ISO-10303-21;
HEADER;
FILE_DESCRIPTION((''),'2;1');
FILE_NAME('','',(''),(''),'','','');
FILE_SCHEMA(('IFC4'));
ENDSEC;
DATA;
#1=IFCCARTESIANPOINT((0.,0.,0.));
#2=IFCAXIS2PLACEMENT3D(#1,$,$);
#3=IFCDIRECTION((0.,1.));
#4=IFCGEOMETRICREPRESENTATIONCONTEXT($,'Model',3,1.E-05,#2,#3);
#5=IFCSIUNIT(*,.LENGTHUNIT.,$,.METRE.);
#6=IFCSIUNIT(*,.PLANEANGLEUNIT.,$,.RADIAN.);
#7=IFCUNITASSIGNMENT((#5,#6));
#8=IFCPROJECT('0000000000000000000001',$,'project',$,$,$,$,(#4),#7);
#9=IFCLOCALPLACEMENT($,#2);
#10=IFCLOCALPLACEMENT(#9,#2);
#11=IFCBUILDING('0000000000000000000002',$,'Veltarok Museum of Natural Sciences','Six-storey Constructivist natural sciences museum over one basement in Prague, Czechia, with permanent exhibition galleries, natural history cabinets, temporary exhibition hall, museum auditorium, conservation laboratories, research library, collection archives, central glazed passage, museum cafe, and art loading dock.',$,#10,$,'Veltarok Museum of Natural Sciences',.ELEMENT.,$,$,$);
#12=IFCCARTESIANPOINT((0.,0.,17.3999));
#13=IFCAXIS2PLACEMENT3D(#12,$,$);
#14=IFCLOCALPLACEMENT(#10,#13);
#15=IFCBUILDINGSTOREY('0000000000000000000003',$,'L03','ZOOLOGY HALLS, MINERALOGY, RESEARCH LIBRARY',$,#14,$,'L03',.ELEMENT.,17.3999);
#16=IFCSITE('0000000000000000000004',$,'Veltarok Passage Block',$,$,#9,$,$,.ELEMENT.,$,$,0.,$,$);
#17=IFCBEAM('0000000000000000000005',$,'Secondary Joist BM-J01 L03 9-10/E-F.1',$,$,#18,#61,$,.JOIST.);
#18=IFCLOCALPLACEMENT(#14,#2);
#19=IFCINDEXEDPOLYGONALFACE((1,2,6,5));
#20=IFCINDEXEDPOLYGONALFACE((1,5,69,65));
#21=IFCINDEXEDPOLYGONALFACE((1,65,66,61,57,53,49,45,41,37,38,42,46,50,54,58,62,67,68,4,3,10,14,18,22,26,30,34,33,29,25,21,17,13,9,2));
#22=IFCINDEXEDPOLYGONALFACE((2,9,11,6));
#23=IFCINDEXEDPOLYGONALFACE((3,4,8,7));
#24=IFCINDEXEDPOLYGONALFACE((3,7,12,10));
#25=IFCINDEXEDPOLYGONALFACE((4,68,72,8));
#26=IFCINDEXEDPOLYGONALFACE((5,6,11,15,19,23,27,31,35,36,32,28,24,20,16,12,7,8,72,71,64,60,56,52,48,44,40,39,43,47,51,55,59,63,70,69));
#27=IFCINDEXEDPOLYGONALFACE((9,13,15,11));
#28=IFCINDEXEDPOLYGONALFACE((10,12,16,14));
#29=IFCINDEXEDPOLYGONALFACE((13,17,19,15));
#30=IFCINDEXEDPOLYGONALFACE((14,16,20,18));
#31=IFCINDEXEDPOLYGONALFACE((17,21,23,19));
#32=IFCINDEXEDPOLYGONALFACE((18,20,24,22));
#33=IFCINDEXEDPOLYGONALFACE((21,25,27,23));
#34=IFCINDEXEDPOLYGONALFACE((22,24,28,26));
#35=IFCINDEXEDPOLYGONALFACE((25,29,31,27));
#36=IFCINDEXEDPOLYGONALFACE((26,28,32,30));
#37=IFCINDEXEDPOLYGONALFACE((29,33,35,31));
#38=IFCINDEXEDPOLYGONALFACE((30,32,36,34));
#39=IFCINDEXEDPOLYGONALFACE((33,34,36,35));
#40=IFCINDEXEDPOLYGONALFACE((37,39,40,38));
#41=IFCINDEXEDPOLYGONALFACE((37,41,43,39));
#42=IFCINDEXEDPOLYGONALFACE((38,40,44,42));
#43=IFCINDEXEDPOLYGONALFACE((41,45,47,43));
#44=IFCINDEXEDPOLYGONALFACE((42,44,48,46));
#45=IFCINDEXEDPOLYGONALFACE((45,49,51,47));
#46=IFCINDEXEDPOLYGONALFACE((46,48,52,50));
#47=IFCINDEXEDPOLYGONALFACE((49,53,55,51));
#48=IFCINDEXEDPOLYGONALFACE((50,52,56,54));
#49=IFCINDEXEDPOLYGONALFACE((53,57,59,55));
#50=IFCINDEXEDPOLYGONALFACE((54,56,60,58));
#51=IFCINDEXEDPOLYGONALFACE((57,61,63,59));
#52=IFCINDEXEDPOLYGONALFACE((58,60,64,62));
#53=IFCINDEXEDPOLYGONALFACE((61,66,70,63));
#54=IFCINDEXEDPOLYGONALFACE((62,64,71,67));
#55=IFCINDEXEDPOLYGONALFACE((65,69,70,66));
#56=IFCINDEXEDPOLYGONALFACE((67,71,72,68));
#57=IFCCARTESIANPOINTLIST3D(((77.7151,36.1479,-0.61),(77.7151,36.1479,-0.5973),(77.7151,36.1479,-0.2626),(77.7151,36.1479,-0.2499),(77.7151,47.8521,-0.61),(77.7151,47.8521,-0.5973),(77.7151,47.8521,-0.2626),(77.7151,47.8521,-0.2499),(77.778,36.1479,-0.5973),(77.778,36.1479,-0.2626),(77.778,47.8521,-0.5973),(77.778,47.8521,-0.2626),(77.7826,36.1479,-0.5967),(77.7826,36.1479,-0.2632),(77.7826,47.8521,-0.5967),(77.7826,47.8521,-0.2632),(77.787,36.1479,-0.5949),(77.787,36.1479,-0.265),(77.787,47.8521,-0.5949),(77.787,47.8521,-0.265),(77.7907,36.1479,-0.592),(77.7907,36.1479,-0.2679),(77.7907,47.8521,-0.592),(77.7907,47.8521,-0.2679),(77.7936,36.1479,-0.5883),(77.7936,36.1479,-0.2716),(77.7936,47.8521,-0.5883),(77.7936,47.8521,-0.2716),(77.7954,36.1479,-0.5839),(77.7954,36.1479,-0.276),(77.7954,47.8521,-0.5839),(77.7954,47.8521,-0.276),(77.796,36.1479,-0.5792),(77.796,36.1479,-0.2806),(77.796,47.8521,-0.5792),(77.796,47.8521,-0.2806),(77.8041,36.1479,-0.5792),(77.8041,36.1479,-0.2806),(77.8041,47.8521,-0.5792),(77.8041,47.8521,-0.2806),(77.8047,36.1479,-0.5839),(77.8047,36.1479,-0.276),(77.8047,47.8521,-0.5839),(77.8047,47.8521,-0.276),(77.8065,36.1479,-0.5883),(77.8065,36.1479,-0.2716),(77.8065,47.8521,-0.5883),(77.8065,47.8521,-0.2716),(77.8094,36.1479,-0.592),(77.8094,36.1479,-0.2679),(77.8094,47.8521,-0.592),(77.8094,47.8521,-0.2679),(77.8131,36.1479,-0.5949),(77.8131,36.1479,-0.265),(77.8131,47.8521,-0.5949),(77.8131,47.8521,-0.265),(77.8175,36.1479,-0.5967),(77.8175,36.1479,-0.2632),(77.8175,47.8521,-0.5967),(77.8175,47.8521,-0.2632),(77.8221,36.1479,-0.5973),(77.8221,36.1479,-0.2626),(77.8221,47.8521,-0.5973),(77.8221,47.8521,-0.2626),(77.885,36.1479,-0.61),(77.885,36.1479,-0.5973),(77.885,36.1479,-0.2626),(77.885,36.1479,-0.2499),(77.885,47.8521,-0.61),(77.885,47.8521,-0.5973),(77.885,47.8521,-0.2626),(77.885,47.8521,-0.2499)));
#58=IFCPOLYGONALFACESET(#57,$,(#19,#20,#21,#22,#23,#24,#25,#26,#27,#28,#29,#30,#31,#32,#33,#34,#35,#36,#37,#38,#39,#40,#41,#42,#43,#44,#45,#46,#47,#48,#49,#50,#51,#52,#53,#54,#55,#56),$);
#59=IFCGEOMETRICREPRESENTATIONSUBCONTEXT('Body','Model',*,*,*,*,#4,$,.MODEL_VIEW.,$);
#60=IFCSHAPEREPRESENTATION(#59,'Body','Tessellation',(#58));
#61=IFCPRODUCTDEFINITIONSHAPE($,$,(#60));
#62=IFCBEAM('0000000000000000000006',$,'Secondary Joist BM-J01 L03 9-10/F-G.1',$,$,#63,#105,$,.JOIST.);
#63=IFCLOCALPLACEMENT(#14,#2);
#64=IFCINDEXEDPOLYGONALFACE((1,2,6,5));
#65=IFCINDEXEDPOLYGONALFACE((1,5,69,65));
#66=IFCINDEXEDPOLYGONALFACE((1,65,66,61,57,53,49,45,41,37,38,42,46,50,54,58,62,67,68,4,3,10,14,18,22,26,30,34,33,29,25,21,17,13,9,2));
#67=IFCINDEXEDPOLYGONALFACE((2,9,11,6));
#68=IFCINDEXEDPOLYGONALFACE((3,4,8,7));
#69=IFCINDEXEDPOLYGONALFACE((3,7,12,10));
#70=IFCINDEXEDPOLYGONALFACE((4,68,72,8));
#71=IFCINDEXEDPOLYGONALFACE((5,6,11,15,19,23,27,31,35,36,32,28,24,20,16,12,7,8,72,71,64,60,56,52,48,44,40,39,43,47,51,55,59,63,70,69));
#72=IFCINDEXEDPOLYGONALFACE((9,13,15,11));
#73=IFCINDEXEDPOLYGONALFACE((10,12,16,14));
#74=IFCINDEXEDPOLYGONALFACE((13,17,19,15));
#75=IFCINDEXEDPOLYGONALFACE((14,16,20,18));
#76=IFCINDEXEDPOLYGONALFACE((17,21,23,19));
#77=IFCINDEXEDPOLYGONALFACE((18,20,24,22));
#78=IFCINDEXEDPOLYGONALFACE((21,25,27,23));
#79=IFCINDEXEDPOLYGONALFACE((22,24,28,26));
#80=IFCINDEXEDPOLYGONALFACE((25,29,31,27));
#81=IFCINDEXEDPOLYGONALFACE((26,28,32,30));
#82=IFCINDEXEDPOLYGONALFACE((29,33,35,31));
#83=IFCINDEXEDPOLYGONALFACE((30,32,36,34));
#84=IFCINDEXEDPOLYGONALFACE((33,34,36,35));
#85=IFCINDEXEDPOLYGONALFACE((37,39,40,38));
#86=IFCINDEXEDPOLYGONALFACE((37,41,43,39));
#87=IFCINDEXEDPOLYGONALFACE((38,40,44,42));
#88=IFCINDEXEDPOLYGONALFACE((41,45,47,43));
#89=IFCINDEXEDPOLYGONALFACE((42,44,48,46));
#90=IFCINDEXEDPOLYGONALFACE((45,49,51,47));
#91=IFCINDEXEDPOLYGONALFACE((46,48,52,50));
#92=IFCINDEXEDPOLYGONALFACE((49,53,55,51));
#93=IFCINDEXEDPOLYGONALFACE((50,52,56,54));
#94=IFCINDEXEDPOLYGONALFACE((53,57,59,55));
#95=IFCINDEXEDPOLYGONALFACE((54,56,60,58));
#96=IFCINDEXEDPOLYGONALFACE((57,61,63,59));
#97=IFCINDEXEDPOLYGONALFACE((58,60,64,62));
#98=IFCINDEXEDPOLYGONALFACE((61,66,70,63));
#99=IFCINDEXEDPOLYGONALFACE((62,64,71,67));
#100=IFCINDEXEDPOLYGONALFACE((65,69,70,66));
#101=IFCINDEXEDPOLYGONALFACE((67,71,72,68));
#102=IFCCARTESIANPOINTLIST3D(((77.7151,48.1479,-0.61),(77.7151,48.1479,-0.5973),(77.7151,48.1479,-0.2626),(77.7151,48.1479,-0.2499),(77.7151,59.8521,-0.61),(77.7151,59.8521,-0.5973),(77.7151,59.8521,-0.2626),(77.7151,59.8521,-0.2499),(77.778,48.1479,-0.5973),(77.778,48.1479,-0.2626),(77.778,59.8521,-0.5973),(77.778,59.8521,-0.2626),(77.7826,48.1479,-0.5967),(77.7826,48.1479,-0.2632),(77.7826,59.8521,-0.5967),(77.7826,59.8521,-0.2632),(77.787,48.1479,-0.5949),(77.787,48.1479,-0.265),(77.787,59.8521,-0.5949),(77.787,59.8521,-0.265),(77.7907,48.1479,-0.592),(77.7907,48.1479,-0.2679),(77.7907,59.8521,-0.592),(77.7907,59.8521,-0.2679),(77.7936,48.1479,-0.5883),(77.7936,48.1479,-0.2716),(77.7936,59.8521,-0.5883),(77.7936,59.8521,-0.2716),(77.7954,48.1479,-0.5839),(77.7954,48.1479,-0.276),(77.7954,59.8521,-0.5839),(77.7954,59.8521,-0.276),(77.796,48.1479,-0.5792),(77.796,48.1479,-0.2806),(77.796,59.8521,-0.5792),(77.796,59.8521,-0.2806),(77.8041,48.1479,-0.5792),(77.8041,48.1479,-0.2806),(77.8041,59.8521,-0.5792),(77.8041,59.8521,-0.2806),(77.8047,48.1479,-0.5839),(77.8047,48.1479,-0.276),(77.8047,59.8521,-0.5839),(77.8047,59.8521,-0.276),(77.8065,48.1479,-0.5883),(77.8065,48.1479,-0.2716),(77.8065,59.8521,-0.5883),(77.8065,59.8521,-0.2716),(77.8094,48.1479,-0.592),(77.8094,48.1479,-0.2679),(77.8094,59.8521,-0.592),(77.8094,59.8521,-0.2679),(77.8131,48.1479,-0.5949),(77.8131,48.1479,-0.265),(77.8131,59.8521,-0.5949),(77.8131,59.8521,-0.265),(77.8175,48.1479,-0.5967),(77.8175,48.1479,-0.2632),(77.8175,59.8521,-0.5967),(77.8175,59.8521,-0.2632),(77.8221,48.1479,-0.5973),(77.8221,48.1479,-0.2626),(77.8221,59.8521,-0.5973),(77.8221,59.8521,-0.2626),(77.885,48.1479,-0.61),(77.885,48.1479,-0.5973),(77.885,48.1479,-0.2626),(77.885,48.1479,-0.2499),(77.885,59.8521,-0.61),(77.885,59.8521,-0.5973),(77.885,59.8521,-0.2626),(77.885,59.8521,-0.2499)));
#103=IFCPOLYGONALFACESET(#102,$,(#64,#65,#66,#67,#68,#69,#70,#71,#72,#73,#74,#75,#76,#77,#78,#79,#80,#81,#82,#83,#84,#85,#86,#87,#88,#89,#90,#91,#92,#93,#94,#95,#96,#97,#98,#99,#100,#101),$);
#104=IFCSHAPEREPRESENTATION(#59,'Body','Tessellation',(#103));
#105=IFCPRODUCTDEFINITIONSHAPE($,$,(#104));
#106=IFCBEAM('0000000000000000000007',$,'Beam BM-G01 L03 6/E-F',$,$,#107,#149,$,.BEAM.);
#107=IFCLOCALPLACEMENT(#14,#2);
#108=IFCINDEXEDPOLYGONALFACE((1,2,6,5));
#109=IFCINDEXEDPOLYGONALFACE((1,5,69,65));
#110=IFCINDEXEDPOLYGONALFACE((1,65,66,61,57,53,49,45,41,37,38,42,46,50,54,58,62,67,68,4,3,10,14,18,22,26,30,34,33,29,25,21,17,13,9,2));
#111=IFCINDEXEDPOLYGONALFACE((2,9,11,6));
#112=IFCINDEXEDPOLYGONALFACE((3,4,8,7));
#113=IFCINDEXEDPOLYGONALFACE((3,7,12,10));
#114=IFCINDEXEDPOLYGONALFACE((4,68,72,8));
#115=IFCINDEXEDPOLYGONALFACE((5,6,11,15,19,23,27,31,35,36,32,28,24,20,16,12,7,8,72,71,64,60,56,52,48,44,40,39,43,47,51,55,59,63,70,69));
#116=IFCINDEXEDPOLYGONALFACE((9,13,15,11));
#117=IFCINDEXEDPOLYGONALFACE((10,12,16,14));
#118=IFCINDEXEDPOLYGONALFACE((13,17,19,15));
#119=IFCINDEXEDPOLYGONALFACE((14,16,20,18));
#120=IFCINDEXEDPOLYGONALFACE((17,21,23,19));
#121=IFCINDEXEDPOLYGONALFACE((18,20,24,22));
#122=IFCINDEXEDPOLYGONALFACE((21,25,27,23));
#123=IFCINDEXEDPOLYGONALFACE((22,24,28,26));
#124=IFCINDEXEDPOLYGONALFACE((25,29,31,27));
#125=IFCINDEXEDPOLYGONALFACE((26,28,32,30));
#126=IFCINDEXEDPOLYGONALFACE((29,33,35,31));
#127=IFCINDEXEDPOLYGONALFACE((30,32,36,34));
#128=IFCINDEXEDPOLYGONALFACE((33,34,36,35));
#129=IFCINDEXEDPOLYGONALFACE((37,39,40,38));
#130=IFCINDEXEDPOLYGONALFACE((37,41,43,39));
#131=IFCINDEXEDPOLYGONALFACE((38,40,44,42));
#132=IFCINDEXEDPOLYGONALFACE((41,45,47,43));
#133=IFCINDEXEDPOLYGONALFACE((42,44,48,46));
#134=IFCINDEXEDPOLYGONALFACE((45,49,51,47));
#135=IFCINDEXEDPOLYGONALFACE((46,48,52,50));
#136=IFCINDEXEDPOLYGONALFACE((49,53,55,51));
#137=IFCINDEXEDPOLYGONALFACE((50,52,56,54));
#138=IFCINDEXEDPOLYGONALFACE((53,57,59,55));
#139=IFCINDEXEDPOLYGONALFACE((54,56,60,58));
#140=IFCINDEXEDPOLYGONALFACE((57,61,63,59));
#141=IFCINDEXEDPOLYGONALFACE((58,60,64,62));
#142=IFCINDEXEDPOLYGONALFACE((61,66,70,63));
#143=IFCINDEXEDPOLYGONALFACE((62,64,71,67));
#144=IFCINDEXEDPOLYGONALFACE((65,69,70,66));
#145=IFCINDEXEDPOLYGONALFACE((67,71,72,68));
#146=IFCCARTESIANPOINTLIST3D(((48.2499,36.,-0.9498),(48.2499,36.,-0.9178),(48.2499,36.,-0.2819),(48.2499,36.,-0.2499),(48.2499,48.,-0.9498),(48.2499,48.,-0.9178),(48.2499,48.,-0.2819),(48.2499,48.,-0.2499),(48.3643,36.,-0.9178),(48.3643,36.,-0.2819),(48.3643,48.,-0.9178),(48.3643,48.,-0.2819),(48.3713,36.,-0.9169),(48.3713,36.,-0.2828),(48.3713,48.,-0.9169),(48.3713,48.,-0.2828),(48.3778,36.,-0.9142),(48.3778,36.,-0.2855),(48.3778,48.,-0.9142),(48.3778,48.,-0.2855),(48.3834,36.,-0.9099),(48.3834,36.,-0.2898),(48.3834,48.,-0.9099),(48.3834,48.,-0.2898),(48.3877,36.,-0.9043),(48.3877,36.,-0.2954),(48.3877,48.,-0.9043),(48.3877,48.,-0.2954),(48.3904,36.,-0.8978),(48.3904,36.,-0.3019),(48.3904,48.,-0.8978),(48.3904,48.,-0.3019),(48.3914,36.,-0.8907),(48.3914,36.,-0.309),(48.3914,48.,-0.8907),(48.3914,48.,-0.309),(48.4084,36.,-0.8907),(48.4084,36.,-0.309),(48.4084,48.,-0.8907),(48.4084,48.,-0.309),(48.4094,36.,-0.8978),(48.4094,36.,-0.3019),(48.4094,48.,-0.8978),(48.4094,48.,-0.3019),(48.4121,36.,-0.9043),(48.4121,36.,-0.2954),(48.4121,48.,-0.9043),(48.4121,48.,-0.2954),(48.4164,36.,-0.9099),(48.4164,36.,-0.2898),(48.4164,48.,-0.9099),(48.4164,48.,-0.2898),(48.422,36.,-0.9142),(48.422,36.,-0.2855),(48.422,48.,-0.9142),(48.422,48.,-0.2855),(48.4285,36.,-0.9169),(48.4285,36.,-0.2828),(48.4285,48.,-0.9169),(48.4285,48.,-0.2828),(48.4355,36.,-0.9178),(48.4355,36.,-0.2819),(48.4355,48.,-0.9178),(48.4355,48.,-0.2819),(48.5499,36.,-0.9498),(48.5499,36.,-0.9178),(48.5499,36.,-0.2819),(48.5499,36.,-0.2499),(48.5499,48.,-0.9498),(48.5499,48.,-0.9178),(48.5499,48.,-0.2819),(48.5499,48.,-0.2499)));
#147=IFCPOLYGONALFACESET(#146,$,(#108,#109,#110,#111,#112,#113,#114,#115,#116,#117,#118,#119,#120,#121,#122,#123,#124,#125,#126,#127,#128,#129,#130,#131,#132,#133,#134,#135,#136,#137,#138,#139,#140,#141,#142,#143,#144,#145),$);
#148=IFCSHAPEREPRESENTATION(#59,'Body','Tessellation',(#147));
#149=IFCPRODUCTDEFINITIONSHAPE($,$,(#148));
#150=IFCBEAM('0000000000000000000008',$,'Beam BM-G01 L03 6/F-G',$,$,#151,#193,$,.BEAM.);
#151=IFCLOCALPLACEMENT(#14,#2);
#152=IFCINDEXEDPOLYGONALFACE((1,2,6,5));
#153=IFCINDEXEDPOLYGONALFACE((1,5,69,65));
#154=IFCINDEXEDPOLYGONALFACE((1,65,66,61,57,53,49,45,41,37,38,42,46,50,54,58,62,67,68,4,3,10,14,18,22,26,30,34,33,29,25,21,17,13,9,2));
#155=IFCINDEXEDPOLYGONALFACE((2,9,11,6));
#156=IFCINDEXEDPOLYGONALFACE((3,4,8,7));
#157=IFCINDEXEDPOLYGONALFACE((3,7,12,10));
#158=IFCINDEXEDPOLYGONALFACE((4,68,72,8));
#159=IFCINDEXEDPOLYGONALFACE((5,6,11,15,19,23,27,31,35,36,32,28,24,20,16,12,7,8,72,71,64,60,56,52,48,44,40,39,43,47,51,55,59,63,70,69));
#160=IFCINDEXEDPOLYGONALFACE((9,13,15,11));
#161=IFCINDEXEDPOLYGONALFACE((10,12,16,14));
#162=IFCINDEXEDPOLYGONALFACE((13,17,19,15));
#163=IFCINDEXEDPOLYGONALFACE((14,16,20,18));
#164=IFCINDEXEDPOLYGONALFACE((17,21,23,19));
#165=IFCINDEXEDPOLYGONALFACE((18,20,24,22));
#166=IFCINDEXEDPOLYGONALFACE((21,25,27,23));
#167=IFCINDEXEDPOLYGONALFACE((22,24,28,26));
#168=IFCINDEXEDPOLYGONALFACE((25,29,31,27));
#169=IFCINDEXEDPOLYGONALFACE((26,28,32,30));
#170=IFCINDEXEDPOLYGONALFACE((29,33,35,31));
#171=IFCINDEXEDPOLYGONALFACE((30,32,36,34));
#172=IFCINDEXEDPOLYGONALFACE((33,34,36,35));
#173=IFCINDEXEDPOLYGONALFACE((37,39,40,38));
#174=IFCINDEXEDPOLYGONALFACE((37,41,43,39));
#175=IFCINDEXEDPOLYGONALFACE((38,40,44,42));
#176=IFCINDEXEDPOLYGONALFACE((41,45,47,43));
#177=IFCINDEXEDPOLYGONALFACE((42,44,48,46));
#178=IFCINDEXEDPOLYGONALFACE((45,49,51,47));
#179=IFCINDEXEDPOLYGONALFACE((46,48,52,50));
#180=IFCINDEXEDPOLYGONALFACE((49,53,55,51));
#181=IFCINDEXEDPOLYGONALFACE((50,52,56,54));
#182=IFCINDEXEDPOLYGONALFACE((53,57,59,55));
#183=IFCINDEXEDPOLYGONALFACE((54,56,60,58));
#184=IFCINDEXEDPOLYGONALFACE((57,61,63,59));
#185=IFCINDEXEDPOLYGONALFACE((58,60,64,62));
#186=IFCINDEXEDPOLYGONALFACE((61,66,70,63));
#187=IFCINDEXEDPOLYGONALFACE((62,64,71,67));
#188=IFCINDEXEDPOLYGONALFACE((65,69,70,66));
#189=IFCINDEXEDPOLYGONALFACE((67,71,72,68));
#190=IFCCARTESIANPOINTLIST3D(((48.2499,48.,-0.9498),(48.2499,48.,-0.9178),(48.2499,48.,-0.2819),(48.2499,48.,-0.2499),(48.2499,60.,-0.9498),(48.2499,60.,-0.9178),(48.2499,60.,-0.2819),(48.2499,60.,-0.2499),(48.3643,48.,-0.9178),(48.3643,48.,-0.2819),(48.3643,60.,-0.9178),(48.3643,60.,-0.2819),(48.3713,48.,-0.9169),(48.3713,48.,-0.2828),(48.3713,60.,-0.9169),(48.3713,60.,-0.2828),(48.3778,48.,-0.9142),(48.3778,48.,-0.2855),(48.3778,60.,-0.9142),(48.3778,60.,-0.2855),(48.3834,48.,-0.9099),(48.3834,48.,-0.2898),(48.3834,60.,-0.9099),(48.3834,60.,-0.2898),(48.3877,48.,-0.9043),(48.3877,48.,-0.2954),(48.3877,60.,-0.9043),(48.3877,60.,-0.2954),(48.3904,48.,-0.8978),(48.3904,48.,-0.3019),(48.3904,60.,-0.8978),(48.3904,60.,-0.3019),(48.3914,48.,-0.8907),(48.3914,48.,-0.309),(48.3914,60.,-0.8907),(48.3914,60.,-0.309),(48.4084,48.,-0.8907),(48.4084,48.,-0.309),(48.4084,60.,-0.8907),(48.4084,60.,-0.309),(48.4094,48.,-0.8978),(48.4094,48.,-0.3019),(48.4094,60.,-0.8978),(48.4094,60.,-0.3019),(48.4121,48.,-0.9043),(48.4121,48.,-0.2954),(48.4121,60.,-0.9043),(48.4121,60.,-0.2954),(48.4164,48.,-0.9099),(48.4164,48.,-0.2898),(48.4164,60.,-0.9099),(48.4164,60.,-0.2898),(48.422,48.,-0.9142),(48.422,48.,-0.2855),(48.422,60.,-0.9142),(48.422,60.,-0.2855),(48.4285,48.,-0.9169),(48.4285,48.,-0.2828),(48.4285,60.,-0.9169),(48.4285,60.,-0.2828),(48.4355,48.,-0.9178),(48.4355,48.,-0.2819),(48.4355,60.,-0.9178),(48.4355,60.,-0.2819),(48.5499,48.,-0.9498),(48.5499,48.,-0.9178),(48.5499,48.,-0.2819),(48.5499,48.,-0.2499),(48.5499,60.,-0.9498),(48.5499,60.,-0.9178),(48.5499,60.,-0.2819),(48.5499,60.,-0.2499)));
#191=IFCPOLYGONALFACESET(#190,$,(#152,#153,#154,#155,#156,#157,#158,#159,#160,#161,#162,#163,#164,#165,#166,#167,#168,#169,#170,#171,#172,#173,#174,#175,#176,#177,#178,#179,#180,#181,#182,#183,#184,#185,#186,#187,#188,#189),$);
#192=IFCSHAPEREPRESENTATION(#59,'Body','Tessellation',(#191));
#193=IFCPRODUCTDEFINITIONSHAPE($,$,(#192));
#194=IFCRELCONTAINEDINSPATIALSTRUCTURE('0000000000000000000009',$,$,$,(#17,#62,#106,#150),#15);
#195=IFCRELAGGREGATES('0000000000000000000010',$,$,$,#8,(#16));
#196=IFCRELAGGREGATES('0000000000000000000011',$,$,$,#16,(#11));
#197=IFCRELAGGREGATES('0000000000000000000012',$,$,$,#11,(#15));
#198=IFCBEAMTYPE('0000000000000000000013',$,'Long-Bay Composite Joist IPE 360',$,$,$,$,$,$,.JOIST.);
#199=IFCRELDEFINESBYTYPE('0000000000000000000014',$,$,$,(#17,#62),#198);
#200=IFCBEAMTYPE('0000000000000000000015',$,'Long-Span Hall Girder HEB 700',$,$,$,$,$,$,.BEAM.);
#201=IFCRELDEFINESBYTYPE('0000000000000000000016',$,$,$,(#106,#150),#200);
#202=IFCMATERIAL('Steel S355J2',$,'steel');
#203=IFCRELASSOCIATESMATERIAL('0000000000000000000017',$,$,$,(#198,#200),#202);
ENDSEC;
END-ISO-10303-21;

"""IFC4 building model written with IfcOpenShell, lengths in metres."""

from ifc_helpers import new_model, si_unit, direction, frame, origin, origin_2d, place, context, subcontext, project, spatial, i_section, extrude, material, material_profile, profile_set, type_object, element, save


model = new_model("IFC4")

# Units and contexts
model_context = context("Model", 3, precision=1e-05, world=origin(), true_north=direction((0.0, 1.0)))
body_context = subcontext(model_context, "Body", "Model", "MODEL_VIEW")
ifc_project = project(units=[si_unit("LENGTHUNIT", "METRE"), si_unit("PLANEANGLEUNIT", "RADIAN")], contexts=[model_context])

# Site, building, storey
site_placement = place(None, origin())
site = spatial("IfcSite", under=ifc_project, at=site_placement, Name="Veltarok Passage Block", CompositionType="ELEMENT", RefElevation=0.0)
building_placement = place(site_placement, origin())
building = spatial("IfcBuilding", under=site, at=building_placement, Name="Veltarok Museum of Natural Sciences", Description="Six-storey Constructivist natural sciences museum over one basement in Prague, Czechia, with permanent exhibition galleries, natural history cabinets, temporary exhibition hall, museum auditorium, conservation laboratories, research library, collection archives, central glazed passage, museum cafe, and art loading dock.", LongName="Veltarok Museum of Natural Sciences", CompositionType="ELEMENT")
storey_placement = place(building_placement, frame((0.0, 0.0, 17.3999)))
storey = spatial("IfcBuildingStorey", under=building, at=storey_placement, Name="L03", Description="ZOOLOGY HALLS, MINERALOGY, RESEARCH LIBRARY", LongName="L03", CompositionType="ELEMENT", Elevation=17.3999)

# Shared definitions
ifc_material = material(Name="Steel S355J2", Category="steel")

# Beams
ifc_material_profile_1 = material_profile(ifc_material, i_section(OverallWidth=0.1699, OverallDepth=0.3601, WebThickness=0.0081, FlangeThickness=0.0127, FilletRadius=0.0181, at=origin_2d()), Name="IPE 360")
ifc_profile_set_1 = profile_set([ifc_material_profile_1], Name="Steel S355J2")
beam_type_1 = type_object("IfcBeamType", Name="Long-Bay Composite Joist IPE 360", PredefinedType="JOIST", material=ifc_profile_set_1)
for number, where, z_axis, x_axis, name in (
    (1, (77.8, 36.1479, -0.4299), (0.0, 1.0, 0.0), (-1.0, 0.0, 0.0), "Secondary Joist BM-J01 L03 9-10/E-F.1"),
    (2, (77.8, 48.1479, -0.4299), (0.0, 1.0, 0.0), (-1.0, 0.0, 0.0), "Secondary Joist BM-J01 L03 9-10/F-G.1"),
):
    element("IfcBeam", number, at=place(storey_placement, frame(where, z_axis=z_axis, x_axis=x_axis)), inside=storey, type_object=beam_type_1, Name=name, PredefinedType="JOIST", context=body_context, shape_type="SweptSolid", body=[
        extrude(i_section(OverallWidth=0.1699, OverallDepth=0.3601, WebThickness=0.0081, FlangeThickness=0.0127, FilletRadius=0.0181, at=origin_2d()), origin(), (0.0, 0.0, 1.0), 11.7041),
    ])
ifc_material_profile_2 = material_profile(ifc_material, i_section(OverallWidth=0.3, OverallDepth=0.7, WebThickness=0.0171, FlangeThickness=0.032, FilletRadius=0.0271, at=origin_2d()), Name="HEB 700")
ifc_profile_set_2 = profile_set([ifc_material_profile_2], Name="Steel S355J2")
beam_type_2 = type_object("IfcBeamType", Name="Long-Span Hall Girder HEB 700", PredefinedType="BEAM", material=ifc_profile_set_2)
for number, where, z_axis, x_axis, name in (
    (3, (48.3999, 36.0, -0.5999), (0.0, 1.0, 0.0), (-1.0, 0.0, 0.0), "Beam BM-G01 L03 6/E-F"),
    (4, (48.3999, 48.0, -0.5999), (0.0, 1.0, 0.0), (-1.0, 0.0, 0.0), "Beam BM-G01 L03 6/F-G"),
):
    element("IfcBeam", number, at=place(storey_placement, frame(where, z_axis=z_axis, x_axis=x_axis)), inside=storey, type_object=beam_type_2, Name=name, PredefinedType="BEAM", context=body_context, shape_type="SweptSolid", body=[
        extrude(i_section(OverallWidth=0.3, OverallDepth=0.7, WebThickness=0.0171, FlangeThickness=0.032, FilletRadius=0.0271, at=origin_2d()), origin(), (0.0, 0.0, 1.0), 12.0),
    ])

save(model, "model.ifc")
